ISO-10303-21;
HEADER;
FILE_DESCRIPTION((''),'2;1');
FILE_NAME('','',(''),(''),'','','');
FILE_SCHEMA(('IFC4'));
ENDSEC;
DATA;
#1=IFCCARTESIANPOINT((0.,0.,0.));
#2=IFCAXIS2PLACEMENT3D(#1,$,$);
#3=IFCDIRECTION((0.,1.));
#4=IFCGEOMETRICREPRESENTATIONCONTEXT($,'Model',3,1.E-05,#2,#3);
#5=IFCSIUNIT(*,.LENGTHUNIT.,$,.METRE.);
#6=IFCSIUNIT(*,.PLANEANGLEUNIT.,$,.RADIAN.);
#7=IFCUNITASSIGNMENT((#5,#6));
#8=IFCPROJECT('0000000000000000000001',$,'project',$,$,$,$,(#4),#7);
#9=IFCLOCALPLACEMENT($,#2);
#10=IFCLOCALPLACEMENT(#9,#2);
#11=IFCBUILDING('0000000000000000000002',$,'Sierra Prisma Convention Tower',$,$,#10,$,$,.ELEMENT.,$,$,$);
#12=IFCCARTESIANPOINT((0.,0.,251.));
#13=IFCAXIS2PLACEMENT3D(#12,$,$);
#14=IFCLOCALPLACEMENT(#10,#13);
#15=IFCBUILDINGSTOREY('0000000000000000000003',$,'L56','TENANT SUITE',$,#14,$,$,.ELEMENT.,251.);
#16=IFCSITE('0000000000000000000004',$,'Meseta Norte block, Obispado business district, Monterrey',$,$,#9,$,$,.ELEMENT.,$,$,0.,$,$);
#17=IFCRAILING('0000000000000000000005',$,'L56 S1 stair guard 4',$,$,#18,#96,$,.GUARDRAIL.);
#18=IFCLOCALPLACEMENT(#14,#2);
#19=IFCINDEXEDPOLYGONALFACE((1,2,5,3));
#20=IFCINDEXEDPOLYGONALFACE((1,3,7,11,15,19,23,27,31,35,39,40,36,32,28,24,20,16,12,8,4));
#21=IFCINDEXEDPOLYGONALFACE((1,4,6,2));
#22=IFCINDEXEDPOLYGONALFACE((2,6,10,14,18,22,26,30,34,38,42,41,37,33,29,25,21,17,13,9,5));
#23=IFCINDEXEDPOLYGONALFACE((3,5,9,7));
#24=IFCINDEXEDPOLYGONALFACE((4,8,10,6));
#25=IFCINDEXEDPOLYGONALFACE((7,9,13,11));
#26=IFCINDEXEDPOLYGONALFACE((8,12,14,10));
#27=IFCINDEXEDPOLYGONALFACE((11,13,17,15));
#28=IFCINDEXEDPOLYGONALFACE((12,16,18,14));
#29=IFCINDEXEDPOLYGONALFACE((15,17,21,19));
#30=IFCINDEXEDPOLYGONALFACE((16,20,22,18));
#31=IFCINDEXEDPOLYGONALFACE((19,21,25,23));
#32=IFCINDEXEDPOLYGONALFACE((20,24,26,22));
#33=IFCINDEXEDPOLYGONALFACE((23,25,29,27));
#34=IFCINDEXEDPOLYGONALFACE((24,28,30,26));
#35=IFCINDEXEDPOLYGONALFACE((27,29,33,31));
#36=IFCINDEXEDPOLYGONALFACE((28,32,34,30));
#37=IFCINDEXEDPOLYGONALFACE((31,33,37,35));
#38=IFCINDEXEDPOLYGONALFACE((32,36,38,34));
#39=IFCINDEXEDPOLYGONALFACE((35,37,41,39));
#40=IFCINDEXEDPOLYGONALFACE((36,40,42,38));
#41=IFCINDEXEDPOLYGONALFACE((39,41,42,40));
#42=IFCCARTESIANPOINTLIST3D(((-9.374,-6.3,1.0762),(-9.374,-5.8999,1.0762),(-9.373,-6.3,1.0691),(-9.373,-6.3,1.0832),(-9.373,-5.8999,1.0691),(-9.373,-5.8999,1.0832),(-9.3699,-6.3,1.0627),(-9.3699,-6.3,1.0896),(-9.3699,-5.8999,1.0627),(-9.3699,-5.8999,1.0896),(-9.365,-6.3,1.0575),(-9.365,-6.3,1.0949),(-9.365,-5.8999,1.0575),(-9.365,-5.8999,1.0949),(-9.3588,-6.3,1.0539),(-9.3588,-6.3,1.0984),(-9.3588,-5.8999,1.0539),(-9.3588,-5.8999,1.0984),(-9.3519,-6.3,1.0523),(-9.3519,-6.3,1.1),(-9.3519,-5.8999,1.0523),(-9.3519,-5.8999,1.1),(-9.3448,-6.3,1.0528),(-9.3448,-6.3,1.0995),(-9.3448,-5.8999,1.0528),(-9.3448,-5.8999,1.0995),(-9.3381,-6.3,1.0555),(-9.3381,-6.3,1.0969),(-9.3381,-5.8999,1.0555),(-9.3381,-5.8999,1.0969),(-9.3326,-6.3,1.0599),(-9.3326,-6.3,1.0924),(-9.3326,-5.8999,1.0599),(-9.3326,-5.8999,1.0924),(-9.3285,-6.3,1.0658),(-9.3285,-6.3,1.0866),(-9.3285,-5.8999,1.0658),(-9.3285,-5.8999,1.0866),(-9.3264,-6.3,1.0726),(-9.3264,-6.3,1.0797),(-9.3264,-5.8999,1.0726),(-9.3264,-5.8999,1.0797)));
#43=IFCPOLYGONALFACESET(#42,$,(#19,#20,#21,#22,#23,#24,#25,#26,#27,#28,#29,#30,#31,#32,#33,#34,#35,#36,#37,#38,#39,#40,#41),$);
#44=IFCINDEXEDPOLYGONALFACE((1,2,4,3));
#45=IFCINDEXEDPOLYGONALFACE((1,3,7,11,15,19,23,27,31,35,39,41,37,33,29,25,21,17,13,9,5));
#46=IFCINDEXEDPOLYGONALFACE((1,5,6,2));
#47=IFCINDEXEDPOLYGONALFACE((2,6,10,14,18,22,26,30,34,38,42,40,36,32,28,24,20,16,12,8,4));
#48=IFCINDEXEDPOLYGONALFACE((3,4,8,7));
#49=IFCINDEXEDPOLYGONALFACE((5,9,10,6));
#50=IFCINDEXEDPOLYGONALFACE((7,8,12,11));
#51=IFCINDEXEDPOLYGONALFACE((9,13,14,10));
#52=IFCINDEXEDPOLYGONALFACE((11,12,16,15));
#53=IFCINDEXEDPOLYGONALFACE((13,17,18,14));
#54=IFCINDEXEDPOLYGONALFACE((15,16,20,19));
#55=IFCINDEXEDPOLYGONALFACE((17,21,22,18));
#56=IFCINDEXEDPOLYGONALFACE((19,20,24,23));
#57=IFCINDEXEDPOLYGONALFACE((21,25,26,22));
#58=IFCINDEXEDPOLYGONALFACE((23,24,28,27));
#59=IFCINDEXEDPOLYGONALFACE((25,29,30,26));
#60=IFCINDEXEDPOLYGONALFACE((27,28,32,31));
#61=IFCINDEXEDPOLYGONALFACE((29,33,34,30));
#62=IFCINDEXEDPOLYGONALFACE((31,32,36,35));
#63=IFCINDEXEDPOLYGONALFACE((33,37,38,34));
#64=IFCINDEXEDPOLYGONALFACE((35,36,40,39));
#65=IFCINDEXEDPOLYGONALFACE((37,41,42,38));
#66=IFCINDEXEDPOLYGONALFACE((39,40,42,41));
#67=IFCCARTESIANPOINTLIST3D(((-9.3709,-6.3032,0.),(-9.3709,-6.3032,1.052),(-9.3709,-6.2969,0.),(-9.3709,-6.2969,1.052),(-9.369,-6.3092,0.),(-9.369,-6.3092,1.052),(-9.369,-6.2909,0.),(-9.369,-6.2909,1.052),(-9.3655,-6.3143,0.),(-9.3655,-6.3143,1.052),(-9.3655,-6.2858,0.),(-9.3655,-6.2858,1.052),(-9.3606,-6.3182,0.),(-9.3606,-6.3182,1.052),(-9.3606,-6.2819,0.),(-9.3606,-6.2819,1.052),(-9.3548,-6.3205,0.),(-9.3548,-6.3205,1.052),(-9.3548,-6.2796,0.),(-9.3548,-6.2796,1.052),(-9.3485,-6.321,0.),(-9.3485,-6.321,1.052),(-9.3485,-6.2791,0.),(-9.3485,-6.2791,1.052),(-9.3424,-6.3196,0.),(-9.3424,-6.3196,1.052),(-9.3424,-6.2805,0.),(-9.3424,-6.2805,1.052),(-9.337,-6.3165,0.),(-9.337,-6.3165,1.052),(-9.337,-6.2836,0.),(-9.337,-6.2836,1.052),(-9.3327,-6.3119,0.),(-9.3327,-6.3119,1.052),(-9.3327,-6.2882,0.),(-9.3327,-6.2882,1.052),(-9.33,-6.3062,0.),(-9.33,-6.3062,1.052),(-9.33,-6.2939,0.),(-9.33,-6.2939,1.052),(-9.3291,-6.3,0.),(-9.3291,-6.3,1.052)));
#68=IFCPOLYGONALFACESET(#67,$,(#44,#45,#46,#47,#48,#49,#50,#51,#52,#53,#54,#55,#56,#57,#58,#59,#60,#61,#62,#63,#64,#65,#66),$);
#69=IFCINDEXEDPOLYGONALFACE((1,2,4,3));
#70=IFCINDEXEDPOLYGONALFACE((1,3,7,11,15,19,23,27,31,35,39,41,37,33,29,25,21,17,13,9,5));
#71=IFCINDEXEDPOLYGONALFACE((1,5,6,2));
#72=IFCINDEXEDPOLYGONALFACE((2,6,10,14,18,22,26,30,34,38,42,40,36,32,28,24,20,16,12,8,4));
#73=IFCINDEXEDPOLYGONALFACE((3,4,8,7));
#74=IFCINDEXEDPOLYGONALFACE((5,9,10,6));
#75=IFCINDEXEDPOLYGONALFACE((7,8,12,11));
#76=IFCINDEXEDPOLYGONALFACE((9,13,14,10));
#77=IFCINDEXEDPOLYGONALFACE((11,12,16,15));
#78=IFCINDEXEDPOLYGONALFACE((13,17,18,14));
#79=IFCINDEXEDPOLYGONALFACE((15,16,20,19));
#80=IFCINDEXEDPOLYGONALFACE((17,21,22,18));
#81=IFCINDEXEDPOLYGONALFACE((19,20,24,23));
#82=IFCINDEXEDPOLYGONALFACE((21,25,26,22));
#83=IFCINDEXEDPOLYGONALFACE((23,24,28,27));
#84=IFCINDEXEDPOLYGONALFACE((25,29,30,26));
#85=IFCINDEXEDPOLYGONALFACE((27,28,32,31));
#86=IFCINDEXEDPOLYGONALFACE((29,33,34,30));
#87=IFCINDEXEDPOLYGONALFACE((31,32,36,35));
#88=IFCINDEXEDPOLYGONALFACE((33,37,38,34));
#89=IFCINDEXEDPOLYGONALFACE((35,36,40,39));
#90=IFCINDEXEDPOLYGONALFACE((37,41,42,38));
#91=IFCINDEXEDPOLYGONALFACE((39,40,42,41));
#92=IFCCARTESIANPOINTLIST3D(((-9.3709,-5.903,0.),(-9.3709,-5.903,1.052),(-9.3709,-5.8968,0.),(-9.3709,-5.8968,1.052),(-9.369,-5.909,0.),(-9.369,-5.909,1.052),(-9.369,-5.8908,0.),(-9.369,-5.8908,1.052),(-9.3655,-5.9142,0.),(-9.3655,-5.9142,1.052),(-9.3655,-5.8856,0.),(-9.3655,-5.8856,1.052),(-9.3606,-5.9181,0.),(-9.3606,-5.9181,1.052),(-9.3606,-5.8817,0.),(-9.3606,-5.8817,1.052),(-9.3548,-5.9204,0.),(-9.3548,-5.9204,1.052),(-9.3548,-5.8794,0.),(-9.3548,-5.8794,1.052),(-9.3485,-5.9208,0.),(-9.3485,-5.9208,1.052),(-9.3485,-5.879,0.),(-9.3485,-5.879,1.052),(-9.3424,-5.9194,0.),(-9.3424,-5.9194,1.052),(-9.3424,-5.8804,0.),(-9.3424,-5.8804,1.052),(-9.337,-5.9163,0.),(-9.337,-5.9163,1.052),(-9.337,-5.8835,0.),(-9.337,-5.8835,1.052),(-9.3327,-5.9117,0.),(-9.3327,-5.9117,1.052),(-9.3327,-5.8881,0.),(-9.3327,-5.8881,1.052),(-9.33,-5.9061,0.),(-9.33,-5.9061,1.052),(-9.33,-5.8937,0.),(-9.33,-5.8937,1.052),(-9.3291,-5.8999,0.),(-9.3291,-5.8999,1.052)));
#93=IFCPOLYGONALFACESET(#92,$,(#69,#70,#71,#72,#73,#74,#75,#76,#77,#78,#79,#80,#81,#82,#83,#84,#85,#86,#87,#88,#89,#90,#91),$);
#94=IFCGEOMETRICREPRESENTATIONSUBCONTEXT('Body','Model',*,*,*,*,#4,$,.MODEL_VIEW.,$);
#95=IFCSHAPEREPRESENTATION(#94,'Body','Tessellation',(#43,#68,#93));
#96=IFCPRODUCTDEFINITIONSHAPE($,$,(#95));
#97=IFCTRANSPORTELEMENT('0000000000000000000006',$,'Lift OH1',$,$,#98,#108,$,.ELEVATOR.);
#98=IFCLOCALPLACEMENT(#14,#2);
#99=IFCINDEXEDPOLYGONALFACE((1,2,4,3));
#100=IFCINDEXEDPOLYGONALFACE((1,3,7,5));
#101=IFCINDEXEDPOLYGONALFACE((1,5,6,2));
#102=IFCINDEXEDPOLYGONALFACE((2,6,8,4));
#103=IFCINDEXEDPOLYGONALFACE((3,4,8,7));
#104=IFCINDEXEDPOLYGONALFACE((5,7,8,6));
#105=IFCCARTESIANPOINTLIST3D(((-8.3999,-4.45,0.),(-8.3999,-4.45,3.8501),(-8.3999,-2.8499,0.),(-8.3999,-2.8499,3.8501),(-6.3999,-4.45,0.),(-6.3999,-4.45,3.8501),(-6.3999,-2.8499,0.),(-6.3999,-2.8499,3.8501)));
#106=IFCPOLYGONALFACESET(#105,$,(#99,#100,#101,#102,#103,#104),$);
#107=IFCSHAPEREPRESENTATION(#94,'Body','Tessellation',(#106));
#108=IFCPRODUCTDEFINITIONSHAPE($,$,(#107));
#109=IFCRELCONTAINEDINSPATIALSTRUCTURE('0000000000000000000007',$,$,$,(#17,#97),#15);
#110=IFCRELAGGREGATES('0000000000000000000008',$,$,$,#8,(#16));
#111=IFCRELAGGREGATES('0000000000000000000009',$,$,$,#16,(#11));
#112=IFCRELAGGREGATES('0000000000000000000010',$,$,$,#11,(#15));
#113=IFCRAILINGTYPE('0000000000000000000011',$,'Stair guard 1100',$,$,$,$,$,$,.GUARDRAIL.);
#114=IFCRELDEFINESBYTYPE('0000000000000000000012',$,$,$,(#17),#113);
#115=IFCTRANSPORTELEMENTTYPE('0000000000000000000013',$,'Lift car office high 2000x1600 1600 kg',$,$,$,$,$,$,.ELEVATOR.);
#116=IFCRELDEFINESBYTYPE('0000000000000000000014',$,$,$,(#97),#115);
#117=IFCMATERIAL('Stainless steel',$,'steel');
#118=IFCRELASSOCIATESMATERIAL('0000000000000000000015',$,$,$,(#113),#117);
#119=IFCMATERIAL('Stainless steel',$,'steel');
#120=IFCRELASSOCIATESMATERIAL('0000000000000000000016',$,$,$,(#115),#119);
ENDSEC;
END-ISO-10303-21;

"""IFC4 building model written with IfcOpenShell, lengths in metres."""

from ifc_helpers import new_model, si_unit, direction, frame, origin, origin_2d, place, context, subcontext, project, spatial, rectangle, circle, extrude, material, type_object, element, save


model = new_model("IFC4")

# Units and contexts
model_context = context("Model", 3, precision=1e-05, world=origin(), true_north=direction((0.0, 1.0)))
body_context = subcontext(model_context, "Body", "Model", "MODEL_VIEW")
ifc_project = project(units=[si_unit("LENGTHUNIT", "METRE"), si_unit("PLANEANGLEUNIT", "RADIAN")], contexts=[model_context])

# Site, building, storey
site_placement = place(None, origin())
site = spatial("IfcSite", under=ifc_project, at=site_placement, Name="Meseta Norte block, Obispado business district, Monterrey", CompositionType="ELEMENT", RefElevation=0.0)
building_placement = place(site_placement, origin())
building = spatial("IfcBuilding", under=site, at=building_placement, Name="Sierra Prisma Convention Tower", CompositionType="ELEMENT")
storey_placement = place(building_placement, frame((0.0, 0.0, 251.0)))
storey = spatial("IfcBuildingStorey", under=building, at=storey_placement, Name="L56", Description="TENANT SUITE", CompositionType="ELEMENT", Elevation=251.0)

# Railing
ifc_material_1 = material(Name="Stainless steel", Category="steel")
railing_type_1 = type_object("IfcRailingType", Name="Stair guard 1100", PredefinedType="GUARDRAIL", material=ifc_material_1)
railing_1_placement = place(storey_placement, frame((-9.3501, -6.3, 0.0)))
element("IfcRailing", 1, at=railing_1_placement, inside=storey, type_object=railing_type_1, Name="L56 S1 stair guard 4", PredefinedType="GUARDRAIL", context=body_context, shape_type="SweptSolid", body=[
    extrude(circle(Radius=0.0239, at=origin_2d()), frame((0.0, 0.0, 1.0762), z_axis=(0.0, 1.0, 0.0), x_axis=(-1.0, 0.0, 0.0)), (0.0, 0.0, 1.0), 0.4001),
    extrude(circle(Radius=0.021, at=origin_2d()), origin(), (0.0, 0.0, 1.0), 1.052),
    extrude(circle(Radius=0.021, at=origin_2d()), frame((0.0, 0.4001, 0.0)), (0.0, 0.0, 1.0), 1.052),
])

# Transport element
ifc_material_2 = material(Name="Stainless steel", Category="steel")
transport_element_type = type_object("IfcTransportElementType", Name="Lift car office high 2000x1600 1600 kg", PredefinedType="ELEVATOR", material=ifc_material_2)
transport_element_placement = place(storey_placement, frame((-7.3999, -3.6499, 0.0), z_axis=(0.0, 0.0, 1.0), x_axis=(1.0, 0.0, 0.0)))
element("IfcTransportElement", 2, at=transport_element_placement, inside=storey, type_object=transport_element_type, Name="Lift OH1", PredefinedType="ELEVATOR", context=body_context, shape_type="SweptSolid", body=[
    extrude(rectangle(XDim=2.0, YDim=1.6001, at=origin_2d()), origin(), (0.0, 0.0, 1.0), 3.8501),
])

save(model, "model.ifc")
